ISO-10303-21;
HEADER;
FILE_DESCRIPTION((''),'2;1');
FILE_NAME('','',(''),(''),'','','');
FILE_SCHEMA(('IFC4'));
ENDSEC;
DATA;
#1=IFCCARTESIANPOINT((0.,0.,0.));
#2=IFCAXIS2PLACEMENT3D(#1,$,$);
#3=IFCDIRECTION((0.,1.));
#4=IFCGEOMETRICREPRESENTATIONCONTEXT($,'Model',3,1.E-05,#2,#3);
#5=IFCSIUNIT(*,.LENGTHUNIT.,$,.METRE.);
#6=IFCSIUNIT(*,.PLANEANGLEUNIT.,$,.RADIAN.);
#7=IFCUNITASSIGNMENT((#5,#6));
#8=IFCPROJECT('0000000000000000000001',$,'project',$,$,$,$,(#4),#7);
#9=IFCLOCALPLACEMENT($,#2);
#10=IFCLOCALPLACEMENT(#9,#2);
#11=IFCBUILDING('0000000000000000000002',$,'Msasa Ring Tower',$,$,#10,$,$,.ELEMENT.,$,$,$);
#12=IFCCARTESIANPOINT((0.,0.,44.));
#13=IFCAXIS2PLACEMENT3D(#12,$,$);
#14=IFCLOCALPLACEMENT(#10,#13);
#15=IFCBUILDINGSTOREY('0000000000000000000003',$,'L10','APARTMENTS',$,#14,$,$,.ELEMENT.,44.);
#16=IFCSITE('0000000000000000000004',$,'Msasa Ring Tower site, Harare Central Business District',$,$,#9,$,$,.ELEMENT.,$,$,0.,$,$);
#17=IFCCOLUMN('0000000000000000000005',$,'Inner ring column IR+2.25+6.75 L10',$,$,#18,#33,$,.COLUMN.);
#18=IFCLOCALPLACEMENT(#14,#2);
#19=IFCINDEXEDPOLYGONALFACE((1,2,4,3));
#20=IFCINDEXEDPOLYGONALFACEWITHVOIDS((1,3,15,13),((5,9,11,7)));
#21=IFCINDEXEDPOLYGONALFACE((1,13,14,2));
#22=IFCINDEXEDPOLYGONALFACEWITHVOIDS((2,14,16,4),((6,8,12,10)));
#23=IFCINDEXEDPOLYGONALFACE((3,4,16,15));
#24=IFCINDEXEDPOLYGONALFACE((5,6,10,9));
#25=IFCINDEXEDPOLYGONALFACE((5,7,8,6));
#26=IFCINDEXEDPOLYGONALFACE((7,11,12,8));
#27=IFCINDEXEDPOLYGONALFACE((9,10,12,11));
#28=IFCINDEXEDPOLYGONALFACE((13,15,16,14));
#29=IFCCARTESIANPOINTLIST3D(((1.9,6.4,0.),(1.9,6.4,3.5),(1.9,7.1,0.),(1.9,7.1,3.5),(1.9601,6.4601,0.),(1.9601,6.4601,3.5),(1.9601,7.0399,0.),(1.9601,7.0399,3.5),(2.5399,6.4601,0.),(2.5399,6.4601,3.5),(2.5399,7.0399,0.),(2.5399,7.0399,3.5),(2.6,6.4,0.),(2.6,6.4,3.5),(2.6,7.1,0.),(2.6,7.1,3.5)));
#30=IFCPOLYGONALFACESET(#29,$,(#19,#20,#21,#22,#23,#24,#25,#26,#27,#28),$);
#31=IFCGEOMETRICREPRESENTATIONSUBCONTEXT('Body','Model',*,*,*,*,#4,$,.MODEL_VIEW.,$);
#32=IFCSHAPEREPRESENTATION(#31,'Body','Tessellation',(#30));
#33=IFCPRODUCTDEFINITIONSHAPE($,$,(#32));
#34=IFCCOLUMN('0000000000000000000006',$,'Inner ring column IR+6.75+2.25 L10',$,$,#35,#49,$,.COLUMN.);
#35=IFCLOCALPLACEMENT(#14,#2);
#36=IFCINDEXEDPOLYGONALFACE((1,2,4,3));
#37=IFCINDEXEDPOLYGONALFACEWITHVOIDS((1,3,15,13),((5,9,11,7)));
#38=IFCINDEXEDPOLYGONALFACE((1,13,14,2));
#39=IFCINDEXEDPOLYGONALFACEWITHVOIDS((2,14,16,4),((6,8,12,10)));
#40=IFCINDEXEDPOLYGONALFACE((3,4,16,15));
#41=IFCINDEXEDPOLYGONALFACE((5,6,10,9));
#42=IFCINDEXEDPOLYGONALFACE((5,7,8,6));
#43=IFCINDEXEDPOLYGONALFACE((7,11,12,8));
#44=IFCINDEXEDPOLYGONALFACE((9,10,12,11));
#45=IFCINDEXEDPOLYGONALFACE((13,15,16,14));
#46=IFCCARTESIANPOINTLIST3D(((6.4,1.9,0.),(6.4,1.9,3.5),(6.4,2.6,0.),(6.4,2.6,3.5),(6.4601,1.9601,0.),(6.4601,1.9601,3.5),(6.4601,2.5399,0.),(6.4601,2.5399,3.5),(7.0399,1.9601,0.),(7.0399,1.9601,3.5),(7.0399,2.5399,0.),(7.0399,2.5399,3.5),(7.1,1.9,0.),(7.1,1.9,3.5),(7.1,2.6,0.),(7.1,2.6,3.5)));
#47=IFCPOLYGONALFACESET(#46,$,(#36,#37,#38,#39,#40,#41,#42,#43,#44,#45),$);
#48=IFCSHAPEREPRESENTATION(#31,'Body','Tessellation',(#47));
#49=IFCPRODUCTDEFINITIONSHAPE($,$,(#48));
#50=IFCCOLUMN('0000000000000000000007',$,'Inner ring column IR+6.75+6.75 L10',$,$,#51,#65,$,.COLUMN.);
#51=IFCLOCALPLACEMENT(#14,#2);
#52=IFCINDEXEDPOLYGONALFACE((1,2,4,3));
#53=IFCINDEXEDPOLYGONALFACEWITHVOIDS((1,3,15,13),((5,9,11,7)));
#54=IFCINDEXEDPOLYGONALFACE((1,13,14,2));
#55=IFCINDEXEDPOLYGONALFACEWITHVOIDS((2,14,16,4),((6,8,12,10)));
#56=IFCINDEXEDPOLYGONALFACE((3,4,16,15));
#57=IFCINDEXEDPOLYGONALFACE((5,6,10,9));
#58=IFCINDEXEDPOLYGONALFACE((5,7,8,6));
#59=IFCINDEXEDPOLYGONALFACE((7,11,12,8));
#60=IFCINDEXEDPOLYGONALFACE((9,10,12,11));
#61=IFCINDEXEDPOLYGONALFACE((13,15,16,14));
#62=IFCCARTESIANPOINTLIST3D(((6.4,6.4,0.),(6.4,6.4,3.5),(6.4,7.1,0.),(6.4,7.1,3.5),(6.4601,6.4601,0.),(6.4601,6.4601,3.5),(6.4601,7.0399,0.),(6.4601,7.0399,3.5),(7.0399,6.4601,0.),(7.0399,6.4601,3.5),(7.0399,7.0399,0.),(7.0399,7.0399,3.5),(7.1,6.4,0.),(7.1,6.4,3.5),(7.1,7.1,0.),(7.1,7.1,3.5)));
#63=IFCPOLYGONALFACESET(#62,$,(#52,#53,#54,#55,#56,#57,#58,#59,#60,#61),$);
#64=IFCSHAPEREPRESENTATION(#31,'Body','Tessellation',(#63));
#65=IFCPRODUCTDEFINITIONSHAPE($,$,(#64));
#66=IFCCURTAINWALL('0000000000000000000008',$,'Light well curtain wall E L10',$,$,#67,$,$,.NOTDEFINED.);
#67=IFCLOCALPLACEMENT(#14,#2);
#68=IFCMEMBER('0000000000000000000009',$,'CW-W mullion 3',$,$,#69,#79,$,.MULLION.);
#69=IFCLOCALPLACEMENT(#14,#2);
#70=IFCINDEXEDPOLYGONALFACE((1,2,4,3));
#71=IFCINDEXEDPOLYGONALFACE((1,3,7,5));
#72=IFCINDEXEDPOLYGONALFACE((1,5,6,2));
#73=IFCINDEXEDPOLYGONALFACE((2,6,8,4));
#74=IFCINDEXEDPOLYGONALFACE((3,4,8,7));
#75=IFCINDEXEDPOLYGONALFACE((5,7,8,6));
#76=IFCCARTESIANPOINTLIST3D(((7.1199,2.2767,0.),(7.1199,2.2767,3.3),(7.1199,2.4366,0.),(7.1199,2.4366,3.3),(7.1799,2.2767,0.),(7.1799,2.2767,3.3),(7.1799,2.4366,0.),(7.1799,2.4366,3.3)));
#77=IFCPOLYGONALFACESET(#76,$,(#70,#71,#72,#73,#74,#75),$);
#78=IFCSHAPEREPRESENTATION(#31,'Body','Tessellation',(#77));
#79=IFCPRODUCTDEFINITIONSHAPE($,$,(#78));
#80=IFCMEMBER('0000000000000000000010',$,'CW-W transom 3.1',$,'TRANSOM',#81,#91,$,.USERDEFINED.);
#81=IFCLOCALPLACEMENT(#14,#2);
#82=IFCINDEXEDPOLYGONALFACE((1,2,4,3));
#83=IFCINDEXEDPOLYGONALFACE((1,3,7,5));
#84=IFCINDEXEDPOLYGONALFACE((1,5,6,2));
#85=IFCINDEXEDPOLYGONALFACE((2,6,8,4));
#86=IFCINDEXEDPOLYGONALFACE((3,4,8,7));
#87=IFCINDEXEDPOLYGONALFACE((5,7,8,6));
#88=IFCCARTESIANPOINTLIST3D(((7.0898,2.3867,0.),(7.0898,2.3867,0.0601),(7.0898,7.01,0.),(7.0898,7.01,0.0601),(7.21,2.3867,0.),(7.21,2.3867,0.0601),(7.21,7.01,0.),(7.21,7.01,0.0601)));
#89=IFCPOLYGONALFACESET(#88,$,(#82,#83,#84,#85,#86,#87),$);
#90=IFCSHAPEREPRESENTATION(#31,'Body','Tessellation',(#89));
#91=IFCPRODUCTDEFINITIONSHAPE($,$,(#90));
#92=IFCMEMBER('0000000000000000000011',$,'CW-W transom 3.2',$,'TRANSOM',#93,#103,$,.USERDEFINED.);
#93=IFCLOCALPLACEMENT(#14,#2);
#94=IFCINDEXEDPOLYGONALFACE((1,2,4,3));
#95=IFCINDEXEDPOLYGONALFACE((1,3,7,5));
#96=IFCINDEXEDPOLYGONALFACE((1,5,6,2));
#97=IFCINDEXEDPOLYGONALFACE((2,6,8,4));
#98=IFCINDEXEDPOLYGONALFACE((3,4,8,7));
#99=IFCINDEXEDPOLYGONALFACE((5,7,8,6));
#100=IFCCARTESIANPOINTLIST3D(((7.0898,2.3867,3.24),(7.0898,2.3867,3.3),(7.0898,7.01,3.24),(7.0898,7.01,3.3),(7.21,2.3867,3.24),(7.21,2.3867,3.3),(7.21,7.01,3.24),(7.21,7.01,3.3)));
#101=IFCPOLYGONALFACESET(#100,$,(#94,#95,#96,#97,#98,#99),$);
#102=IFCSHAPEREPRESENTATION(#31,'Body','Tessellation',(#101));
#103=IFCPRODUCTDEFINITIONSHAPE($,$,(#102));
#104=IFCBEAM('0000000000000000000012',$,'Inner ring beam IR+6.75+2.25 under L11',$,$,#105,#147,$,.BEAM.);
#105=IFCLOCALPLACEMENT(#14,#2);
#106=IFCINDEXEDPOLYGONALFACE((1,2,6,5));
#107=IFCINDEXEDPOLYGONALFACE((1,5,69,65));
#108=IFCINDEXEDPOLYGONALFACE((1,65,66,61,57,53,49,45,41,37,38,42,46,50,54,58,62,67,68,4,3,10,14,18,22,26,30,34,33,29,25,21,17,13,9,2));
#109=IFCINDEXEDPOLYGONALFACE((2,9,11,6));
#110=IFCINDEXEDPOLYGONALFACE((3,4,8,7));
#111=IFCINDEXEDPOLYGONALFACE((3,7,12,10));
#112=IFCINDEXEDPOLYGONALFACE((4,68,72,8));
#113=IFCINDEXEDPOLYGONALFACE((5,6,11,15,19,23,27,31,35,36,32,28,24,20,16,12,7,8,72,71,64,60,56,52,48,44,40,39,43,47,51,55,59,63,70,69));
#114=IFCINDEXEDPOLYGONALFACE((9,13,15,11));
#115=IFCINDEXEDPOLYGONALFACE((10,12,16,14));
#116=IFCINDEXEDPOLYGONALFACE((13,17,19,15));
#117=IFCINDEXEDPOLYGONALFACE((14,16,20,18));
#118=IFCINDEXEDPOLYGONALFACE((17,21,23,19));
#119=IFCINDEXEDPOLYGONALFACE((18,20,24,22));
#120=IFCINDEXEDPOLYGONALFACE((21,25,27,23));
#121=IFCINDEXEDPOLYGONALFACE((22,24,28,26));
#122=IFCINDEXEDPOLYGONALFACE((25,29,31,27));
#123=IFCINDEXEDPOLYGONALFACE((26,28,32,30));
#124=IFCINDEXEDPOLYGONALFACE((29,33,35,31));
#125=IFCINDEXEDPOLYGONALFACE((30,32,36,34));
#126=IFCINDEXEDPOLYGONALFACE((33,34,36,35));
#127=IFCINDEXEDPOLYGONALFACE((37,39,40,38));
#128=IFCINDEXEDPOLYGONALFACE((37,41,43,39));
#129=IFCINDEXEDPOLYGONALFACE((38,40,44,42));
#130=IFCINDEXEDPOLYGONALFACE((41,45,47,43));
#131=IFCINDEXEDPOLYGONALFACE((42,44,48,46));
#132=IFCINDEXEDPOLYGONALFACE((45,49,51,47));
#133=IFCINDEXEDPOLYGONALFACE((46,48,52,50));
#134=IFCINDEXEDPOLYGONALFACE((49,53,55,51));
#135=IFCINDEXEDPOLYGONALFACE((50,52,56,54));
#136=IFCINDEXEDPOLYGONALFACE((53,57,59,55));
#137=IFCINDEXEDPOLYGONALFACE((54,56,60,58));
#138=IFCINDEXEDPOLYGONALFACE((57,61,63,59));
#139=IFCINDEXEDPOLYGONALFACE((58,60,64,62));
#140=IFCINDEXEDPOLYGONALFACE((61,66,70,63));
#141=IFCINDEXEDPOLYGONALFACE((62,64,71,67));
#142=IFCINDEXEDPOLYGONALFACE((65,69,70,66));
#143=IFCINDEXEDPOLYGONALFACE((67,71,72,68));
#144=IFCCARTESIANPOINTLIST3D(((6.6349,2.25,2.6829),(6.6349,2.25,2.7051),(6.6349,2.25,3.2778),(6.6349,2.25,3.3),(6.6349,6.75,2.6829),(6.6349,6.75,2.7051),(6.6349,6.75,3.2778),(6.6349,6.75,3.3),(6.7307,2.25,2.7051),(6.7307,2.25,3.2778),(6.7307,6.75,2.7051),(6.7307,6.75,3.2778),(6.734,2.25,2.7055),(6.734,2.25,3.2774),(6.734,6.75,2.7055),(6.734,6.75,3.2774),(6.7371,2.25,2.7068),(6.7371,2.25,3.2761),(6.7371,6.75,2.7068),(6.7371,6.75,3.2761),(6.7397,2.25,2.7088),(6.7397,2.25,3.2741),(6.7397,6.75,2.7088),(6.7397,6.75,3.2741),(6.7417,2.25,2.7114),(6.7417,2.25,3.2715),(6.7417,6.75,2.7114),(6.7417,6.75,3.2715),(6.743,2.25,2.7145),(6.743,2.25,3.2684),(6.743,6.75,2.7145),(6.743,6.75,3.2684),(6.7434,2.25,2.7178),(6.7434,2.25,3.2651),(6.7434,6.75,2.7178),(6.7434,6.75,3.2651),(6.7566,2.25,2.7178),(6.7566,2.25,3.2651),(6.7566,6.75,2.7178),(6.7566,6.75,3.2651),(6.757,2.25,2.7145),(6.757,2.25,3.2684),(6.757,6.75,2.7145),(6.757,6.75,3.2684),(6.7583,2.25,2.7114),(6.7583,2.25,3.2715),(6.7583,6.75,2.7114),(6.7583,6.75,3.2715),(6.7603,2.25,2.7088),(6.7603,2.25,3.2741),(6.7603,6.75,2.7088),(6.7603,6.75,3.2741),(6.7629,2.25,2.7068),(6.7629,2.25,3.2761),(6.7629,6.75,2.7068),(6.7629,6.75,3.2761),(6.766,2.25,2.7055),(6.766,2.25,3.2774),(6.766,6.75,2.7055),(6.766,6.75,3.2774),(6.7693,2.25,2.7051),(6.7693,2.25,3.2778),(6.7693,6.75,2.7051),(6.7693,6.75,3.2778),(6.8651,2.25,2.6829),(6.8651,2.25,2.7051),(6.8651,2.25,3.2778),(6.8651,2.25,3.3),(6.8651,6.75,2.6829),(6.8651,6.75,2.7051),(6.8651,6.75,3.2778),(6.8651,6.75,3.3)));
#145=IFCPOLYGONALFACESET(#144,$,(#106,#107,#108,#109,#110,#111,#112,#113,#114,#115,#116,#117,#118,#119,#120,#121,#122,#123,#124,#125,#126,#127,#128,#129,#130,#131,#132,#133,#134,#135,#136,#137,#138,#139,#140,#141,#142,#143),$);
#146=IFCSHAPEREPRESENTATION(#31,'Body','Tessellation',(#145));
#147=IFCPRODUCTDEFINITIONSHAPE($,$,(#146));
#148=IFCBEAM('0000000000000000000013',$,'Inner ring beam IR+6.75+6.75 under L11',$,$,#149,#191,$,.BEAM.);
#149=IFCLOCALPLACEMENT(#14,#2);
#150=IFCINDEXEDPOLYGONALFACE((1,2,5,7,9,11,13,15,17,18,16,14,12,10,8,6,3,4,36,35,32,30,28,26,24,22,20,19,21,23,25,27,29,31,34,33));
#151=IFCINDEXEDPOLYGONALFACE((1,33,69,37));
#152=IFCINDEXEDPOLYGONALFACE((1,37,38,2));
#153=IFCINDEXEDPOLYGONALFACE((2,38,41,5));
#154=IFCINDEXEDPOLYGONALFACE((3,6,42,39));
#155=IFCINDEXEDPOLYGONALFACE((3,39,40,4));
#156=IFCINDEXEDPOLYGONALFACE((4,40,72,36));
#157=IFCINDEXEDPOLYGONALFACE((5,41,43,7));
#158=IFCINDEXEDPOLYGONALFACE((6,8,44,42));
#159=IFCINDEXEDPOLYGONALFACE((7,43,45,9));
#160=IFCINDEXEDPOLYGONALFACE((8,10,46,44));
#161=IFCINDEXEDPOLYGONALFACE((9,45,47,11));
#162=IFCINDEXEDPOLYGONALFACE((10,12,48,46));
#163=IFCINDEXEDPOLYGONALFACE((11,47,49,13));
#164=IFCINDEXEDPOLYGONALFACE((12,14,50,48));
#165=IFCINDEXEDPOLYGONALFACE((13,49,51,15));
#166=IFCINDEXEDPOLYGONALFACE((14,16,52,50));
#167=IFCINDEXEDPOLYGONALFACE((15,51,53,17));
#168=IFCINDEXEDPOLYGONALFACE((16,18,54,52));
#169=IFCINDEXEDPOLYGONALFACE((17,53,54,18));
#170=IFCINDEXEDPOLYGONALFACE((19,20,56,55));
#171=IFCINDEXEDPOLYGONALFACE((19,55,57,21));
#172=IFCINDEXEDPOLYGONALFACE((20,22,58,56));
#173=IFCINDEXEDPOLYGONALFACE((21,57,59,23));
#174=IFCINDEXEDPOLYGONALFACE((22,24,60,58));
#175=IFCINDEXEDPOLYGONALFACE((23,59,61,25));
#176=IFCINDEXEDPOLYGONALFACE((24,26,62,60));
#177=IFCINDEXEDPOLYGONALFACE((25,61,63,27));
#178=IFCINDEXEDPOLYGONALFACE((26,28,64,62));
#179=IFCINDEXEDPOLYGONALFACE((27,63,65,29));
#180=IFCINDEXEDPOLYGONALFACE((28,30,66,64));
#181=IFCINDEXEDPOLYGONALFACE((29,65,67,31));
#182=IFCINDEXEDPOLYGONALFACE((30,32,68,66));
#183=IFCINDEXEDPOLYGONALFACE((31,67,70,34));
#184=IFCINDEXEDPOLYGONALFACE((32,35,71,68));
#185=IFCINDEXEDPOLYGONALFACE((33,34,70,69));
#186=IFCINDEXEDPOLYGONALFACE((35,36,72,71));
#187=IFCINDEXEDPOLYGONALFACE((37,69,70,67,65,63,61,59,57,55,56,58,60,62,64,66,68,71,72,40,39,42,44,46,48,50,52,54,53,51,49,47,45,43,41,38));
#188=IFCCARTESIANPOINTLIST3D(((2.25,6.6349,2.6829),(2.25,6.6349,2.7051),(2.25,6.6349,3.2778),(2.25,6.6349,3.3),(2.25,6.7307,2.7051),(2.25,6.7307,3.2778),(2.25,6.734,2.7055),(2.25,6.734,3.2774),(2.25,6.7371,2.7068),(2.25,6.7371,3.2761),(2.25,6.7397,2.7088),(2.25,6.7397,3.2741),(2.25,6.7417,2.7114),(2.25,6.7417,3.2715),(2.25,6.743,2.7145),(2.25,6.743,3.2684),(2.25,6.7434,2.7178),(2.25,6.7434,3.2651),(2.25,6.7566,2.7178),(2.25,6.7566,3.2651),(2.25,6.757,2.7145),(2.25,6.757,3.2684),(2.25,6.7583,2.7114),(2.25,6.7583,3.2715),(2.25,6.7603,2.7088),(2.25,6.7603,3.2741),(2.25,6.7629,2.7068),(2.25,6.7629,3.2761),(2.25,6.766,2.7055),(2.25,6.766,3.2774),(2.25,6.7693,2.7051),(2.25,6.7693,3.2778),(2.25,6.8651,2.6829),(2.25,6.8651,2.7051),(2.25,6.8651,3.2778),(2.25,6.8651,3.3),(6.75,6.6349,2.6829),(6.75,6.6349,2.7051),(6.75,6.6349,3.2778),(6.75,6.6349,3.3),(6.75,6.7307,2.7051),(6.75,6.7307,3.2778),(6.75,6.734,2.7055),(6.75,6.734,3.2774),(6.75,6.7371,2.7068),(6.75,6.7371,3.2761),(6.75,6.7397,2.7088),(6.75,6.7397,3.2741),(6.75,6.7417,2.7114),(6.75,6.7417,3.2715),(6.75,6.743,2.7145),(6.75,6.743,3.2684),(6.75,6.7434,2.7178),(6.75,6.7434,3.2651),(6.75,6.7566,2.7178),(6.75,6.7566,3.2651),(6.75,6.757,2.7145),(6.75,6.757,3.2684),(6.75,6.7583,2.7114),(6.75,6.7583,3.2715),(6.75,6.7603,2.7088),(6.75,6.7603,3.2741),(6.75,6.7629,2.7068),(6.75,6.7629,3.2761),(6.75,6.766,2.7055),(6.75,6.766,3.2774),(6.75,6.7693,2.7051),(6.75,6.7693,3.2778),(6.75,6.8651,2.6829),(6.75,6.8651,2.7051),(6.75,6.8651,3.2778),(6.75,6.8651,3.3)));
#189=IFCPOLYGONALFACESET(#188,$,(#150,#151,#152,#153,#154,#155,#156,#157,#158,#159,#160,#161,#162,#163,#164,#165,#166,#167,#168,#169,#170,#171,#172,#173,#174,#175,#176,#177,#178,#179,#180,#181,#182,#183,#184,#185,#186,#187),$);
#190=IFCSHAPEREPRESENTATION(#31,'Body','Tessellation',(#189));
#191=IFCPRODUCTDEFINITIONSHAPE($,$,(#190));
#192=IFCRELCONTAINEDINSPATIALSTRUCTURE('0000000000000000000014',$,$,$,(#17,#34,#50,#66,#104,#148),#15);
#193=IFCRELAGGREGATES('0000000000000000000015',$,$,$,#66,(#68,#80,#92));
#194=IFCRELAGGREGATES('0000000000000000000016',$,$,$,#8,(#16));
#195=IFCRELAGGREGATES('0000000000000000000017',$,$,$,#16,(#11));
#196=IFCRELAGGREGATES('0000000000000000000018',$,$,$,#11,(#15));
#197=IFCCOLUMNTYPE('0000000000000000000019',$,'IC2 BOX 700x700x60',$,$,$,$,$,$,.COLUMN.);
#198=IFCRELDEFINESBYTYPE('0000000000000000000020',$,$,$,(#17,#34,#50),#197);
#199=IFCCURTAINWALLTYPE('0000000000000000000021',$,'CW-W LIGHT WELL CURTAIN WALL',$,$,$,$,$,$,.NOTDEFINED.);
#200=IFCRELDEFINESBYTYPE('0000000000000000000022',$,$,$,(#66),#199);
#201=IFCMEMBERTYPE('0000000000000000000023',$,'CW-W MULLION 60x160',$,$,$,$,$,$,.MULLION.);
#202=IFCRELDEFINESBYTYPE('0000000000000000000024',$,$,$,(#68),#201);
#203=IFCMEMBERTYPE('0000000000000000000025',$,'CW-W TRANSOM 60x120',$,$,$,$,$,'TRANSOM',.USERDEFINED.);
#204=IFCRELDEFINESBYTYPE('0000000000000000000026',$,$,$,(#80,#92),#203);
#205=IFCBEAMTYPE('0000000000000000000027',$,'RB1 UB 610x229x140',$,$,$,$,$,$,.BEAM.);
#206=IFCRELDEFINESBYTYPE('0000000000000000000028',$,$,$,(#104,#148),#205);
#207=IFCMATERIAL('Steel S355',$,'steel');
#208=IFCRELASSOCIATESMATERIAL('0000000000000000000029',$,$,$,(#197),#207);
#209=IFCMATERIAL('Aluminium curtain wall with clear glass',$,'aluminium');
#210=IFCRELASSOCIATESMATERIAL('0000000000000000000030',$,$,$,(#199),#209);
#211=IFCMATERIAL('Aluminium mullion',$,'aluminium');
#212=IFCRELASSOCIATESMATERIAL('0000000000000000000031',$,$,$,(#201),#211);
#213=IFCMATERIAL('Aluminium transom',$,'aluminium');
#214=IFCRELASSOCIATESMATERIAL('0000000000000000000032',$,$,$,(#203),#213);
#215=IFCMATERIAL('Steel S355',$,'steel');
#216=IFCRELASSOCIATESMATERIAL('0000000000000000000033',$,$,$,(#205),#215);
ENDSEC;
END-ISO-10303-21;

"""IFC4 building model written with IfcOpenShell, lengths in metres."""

from ifc_helpers import new_model, si_unit, direction, frame, origin, origin_2d, place, context, subcontext, project, spatial, rectangle, hollow_rectangle, i_section, extrude, material, material_profile, profile_set, type_object, element, aggregate, save


model = new_model("IFC4")

# Units and contexts
model_context = context("Model", 3, precision=1e-05, world=origin(), true_north=direction((0.0, 1.0)))
body_context = subcontext(model_context, "Body", "Model", "MODEL_VIEW")
ifc_project = project(units=[si_unit("LENGTHUNIT", "METRE"), si_unit("PLANEANGLEUNIT", "RADIAN")], contexts=[model_context])

# Site, building, storey
site_placement = place(None, origin())
site = spatial("IfcSite", under=ifc_project, at=site_placement, Name="Msasa Ring Tower site, Harare Central Business District", CompositionType="ELEMENT", RefElevation=0.0)
building_placement = place(site_placement, origin())
building = spatial("IfcBuilding", under=site, at=building_placement, Name="Msasa Ring Tower", CompositionType="ELEMENT")
storey_placement = place(building_placement, frame((0.0, 0.0, 44.0)))
storey = spatial("IfcBuildingStorey", under=building, at=storey_placement, Name="L10", Description="APARTMENTS", CompositionType="ELEMENT", Elevation=44.0)

# Columns
ifc_material_1 = material(Name="Steel S355", Category="steel")
ifc_material_profile_1 = material_profile(ifc_material_1, hollow_rectangle(XDim=0.7, YDim=0.7, WallThickness=0.0601, at=origin_2d()), Name="BOX 700x700x60")
ifc_profile_set_1 = profile_set([ifc_material_profile_1], Name="Steel S355")
column_type = type_object("IfcColumnType", Name="IC2 BOX 700x700x60", PredefinedType="COLUMN", material=ifc_profile_set_1)
for number, where, z_axis, x_axis, name in (
    (1, (2.25, 6.75, 0.0), (0.0, 0.0, 1.0), (1.0, 0.0, 0.0), "Inner ring column IR+2.25+6.75 L10"),
    (2, (6.75, 2.25, 0.0), (0.0, 0.0, 1.0), (1.0, 0.0, 0.0), "Inner ring column IR+6.75+2.25 L10"),
    (3, (6.75, 6.75, 0.0), (0.0, 0.0, 1.0), (1.0, 0.0, 0.0), "Inner ring column IR+6.75+6.75 L10"),
):
    element("IfcColumn", number, at=place(storey_placement, frame(where, z_axis=z_axis, x_axis=x_axis)), inside=storey, type_object=column_type, Name=name, PredefinedType="COLUMN", context=body_context, shape_type="SweptSolid", body=[
        extrude(hollow_rectangle(XDim=0.7, YDim=0.7, WallThickness=0.0601, at=origin_2d()), origin(), (0.0, 0.0, 1.0), 3.5),
    ])

# Curtain wall, members
ifc_material_2 = material(Name="Aluminium curtain wall with clear glass", Category="aluminium")
curtain_wall_type = type_object("IfcCurtainWallType", Name="CW-W LIGHT WELL CURTAIN WALL", PredefinedType="NOTDEFINED", material=ifc_material_2)
curtain_wall_placement = place(storey_placement, origin())
curtain_wall = element("IfcCurtainWall", 4, at=curtain_wall_placement, inside=storey, type_object=curtain_wall_type, Name="Light well curtain wall E L10", PredefinedType="NOTDEFINED")
ifc_material_3 = material(Name="Aluminium mullion", Category="aluminium")
ifc_material_profile_2 = material_profile(ifc_material_3, rectangle(XDim=0.0601, YDim=0.1599, at=origin_2d()), Name="AL 60x160")
ifc_profile_set_2 = profile_set([ifc_material_profile_2], Name="Aluminium mullion")
member_type_1 = type_object("IfcMemberType", Name="CW-W MULLION 60x160", PredefinedType="MULLION", material=ifc_profile_set_2)
member_1_placement = place(storey_placement, frame((7.1499, 2.3567, 0.0), z_axis=(0.0, 0.0, 1.0), x_axis=(-1.0, 0.0, 0.0)))
member_1 = element("IfcMember", 5, at=member_1_placement, type_object=member_type_1, Name="CW-W mullion 3", PredefinedType="MULLION", context=body_context, shape_type="SweptSolid", body=[
    extrude(rectangle(XDim=0.0601, YDim=0.1599, at=origin_2d()), origin(), (0.0, 0.0, 1.0), 3.3),
])
ifc_material_4 = material(Name="Aluminium transom", Category="aluminium")
ifc_material_profile_3 = material_profile(ifc_material_4, rectangle(XDim=0.1201, YDim=0.0601, at=origin_2d()), Name="AL 60x120")
ifc_profile_set_3 = profile_set([ifc_material_profile_3], Name="Aluminium transom")
member_type_2 = type_object("IfcMemberType", Name="CW-W TRANSOM 60x120", ElementType="TRANSOM", PredefinedType="USERDEFINED", material=ifc_profile_set_3)
member_2_placement = place(storey_placement, frame((7.1499, 2.3867, 0.03), z_axis=(0.0, 1.0, 0.0), x_axis=(-1.0, 0.0, 0.0)))
member_2 = element("IfcMember", 6, at=member_2_placement, type_object=member_type_2, Name="CW-W transom 3.1", ObjectType="TRANSOM", PredefinedType="USERDEFINED", context=body_context, shape_type="SweptSolid", body=[
    extrude(rectangle(XDim=0.1201, YDim=0.0601, at=origin_2d()), origin(), (0.0, 0.0, 1.0), 4.6233),
])
member_3_placement = place(storey_placement, frame((7.1499, 2.3867, 3.27), z_axis=(0.0, 1.0, 0.0), x_axis=(-1.0, 0.0, 0.0)))
member_3 = element("IfcMember", 7, at=member_3_placement, type_object=member_type_2, Name="CW-W transom 3.2", ObjectType="TRANSOM", PredefinedType="USERDEFINED", context=body_context, shape_type="SweptSolid", body=[
    extrude(rectangle(XDim=0.1201, YDim=0.0601, at=origin_2d()), origin(), (0.0, 0.0, 1.0), 4.6233),
])

# Beams
ifc_material_5 = material(Name="Steel S355", Category="steel")
ifc_material_profile_4 = material_profile(ifc_material_5, i_section(OverallWidth=0.2302, OverallDepth=0.6172, WebThickness=0.0132, FlangeThickness=0.0222, FilletRadius=0.0127, at=origin_2d()), Name="UB 610x229x140")
ifc_profile_set_4 = profile_set([ifc_material_profile_4], Name="Steel S355")
beam_type = type_object("IfcBeamType", Name="RB1 UB 610x229x140", PredefinedType="BEAM", material=ifc_profile_set_4)
for number, where, z_axis, x_axis, name in (
    (8, (6.75, 2.25, 2.9915), (0.0, 1.0, 0.0), (-1.0, 0.0, 0.0), "Inner ring beam IR+6.75+2.25 under L11"),
    (9, (6.75, 6.75, 2.9915), (-1.0, 0.0, 0.0), (0.0, -1.0, 0.0), "Inner ring beam IR+6.75+6.75 under L11"),
):
    element("IfcBeam", number, at=place(storey_placement, frame(where, z_axis=z_axis, x_axis=x_axis)), inside=storey, type_object=beam_type, Name=name, PredefinedType="BEAM", context=body_context, shape_type="SweptSolid", body=[
        extrude(i_section(OverallWidth=0.2302, OverallDepth=0.6172, WebThickness=0.0132, FlangeThickness=0.0222, FilletRadius=0.0127, at=origin_2d()), origin(), (0.0, 0.0, 1.0), 4.5),
    ])

aggregate(curtain_wall, [member_1, member_2, member_3])

save(model, "model.ifc")
